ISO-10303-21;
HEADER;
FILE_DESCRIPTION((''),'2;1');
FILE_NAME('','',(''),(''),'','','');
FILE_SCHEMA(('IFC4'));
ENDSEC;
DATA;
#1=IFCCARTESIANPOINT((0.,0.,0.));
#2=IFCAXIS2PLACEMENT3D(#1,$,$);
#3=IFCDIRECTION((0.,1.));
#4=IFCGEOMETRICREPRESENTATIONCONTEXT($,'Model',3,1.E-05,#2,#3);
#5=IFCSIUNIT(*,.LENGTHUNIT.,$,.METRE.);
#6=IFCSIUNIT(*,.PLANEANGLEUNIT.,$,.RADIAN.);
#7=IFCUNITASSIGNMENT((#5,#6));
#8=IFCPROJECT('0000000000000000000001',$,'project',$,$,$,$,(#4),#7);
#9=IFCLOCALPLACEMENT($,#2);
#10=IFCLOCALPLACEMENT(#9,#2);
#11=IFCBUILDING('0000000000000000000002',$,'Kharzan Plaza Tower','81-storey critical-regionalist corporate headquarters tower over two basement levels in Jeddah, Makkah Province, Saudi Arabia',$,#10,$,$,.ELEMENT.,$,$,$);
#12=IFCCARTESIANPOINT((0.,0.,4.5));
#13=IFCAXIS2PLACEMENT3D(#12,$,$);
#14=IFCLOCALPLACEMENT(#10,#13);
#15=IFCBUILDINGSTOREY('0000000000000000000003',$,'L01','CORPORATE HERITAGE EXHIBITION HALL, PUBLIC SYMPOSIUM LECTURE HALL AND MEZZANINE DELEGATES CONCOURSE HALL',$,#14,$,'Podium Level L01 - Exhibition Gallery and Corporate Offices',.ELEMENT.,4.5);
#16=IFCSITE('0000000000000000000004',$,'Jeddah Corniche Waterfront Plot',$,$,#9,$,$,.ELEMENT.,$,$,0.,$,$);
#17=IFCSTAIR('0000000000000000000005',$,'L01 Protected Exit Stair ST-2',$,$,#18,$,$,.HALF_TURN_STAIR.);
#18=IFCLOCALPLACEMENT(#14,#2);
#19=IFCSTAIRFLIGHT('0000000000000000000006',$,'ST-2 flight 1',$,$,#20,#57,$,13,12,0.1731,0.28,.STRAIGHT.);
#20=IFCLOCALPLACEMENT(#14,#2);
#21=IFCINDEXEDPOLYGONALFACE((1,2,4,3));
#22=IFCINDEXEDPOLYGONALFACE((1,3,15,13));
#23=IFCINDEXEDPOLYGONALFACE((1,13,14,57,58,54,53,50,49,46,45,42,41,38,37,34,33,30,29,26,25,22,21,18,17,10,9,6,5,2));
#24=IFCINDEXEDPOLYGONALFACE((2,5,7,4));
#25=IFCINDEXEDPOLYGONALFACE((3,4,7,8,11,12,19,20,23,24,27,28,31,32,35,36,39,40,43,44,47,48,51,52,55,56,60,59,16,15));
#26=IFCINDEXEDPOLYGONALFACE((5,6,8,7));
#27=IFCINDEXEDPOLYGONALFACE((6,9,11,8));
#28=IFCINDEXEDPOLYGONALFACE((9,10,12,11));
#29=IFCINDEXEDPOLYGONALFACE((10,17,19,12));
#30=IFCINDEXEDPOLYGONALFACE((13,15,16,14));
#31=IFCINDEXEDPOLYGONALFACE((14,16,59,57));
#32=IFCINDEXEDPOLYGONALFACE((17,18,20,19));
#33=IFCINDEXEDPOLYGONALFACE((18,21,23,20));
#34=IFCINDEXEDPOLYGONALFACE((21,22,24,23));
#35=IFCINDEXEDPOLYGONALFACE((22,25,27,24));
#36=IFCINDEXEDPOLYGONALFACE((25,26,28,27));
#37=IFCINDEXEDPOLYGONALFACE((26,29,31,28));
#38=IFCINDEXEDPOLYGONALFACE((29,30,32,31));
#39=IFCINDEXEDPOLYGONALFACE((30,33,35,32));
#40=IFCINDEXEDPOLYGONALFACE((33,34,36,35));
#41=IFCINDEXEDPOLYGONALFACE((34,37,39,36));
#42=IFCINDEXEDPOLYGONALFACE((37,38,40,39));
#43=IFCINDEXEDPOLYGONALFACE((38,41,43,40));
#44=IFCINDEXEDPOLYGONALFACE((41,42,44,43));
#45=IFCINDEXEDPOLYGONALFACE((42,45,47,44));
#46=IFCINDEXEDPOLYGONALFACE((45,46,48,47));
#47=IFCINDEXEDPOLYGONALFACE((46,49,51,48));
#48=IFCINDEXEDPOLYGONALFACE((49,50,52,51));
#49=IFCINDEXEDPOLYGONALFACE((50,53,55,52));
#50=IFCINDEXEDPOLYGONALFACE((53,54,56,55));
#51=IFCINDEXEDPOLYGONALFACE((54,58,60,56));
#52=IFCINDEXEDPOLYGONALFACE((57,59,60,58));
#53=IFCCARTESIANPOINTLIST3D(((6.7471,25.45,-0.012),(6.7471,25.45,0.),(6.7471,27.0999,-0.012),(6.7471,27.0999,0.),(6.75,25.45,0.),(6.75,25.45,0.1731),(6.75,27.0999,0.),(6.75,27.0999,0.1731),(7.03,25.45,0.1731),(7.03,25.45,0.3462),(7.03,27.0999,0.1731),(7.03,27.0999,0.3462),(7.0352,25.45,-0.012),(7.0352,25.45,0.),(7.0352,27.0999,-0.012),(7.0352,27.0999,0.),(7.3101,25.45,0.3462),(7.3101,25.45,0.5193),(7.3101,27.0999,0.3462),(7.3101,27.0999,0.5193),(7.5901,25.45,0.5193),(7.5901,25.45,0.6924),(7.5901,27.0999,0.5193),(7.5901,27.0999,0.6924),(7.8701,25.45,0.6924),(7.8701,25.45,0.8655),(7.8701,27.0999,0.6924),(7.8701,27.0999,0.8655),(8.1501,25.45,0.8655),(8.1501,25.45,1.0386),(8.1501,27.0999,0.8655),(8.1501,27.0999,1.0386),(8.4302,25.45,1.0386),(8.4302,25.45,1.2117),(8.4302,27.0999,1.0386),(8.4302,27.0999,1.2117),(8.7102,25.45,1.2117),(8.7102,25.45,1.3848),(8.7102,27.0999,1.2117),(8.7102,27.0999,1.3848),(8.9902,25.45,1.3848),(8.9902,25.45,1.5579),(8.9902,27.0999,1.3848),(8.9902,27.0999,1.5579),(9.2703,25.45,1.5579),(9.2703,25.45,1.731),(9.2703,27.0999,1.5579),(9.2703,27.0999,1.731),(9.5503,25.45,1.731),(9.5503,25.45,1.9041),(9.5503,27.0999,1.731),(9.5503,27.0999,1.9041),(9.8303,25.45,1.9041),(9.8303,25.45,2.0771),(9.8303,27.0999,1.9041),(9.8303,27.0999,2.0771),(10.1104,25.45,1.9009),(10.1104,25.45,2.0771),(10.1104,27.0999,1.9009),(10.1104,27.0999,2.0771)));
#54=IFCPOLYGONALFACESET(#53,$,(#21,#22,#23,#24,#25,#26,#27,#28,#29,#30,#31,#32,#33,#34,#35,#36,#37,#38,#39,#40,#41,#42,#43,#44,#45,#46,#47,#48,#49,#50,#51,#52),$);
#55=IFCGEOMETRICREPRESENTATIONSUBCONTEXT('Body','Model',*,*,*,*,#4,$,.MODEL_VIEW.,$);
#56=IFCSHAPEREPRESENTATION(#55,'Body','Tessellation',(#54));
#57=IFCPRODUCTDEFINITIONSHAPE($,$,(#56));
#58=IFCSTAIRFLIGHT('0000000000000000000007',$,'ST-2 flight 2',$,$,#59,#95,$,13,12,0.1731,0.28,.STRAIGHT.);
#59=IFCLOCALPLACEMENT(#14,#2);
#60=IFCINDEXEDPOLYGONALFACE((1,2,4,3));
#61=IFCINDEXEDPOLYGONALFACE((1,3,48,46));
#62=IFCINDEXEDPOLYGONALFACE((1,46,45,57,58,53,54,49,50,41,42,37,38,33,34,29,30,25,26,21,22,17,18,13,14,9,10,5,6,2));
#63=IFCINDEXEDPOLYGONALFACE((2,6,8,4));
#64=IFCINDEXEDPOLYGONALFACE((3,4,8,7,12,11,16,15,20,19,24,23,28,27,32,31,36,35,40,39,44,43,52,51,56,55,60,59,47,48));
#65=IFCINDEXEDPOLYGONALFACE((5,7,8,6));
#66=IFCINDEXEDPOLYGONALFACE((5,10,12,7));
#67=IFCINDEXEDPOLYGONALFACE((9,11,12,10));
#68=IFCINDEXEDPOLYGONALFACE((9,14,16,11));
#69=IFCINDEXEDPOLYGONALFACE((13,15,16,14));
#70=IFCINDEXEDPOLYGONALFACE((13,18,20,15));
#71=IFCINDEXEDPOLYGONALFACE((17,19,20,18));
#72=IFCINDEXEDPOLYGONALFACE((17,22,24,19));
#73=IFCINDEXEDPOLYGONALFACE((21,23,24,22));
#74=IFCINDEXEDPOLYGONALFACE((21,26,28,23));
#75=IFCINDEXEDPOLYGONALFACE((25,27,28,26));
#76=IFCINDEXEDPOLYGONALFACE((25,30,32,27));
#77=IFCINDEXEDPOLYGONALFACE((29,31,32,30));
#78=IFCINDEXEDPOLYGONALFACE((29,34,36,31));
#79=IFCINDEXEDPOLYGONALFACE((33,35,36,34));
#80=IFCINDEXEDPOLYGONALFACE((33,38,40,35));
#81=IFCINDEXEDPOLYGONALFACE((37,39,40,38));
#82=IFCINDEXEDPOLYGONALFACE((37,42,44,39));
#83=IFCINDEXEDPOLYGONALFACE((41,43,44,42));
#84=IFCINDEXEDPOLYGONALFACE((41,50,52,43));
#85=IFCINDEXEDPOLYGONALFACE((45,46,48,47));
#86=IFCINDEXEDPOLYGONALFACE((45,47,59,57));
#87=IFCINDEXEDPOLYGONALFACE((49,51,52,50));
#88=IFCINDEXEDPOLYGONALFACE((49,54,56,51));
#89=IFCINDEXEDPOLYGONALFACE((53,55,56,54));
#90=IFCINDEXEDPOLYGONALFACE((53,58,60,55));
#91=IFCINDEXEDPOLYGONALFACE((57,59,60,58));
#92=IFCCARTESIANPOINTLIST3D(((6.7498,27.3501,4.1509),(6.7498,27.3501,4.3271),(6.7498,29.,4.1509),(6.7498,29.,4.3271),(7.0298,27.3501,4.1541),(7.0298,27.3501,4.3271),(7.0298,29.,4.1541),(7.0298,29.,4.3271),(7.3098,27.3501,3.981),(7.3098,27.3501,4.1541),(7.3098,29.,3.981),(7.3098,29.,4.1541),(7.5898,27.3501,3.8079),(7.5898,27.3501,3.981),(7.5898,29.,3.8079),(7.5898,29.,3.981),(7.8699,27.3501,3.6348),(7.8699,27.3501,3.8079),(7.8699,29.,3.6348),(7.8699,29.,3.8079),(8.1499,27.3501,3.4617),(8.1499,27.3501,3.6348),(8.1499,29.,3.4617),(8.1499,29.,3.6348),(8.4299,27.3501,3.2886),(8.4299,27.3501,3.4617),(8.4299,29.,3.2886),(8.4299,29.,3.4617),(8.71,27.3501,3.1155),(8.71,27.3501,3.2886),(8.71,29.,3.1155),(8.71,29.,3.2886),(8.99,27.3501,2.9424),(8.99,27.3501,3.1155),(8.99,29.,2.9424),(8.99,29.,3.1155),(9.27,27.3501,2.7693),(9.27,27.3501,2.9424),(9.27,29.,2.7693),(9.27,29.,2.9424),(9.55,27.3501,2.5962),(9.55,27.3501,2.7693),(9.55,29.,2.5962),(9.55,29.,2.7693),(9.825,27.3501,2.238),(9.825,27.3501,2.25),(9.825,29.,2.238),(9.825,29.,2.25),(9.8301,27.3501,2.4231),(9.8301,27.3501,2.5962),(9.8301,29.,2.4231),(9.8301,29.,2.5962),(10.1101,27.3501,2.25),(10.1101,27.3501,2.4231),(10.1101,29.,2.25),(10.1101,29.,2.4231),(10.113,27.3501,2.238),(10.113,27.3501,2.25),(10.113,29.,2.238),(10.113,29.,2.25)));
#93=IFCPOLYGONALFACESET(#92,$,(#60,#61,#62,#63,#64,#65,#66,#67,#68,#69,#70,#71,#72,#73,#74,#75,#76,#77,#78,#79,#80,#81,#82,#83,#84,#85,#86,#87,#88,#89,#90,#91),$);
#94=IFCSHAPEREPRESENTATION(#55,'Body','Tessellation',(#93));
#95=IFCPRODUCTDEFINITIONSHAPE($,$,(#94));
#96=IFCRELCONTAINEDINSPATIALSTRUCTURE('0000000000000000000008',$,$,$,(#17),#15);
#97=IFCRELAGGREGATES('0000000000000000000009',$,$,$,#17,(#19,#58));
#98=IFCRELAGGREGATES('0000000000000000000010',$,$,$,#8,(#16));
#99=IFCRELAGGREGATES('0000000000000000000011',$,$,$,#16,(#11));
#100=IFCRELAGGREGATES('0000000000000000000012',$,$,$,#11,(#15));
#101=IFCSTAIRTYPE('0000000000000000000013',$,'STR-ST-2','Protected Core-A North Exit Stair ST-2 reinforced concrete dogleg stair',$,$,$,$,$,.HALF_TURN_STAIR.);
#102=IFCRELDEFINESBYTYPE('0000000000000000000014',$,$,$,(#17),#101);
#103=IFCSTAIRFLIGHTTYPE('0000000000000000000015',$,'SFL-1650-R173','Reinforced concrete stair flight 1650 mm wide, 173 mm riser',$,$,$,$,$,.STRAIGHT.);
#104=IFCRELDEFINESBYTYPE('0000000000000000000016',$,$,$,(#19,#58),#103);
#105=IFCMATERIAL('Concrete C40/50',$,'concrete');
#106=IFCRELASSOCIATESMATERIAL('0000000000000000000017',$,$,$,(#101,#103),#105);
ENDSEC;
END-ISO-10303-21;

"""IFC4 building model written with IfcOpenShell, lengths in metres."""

from ifc_helpers import new_model, si_unit, direction, frame, origin, place, context, subcontext, project, spatial, polyline, outline, extrude, source, transform, mapped, material, type_object, element, aggregate, save


model = new_model("IFC4")

# Units and contexts
model_context = context("Model", 3, precision=1e-05, world=origin(), true_north=direction((0.0, 1.0)))
body_context = subcontext(model_context, "Body", "Model", "MODEL_VIEW")
ifc_project = project(units=[si_unit("LENGTHUNIT", "METRE"), si_unit("PLANEANGLEUNIT", "RADIAN")], contexts=[model_context])

# Site, building, storey
site_placement = place(None, origin())
site = spatial("IfcSite", under=ifc_project, at=site_placement, Name="Jeddah Corniche Waterfront Plot", CompositionType="ELEMENT", RefElevation=0.0)
building_placement = place(site_placement, origin())
building = spatial("IfcBuilding", under=site, at=building_placement, Name="Kharzan Plaza Tower", Description="81-storey critical-regionalist corporate headquarters tower over two basement levels in Jeddah, Makkah Province, Saudi Arabia", CompositionType="ELEMENT")
storey_placement = place(building_placement, frame((0.0, 0.0, 4.5)))
storey = spatial("IfcBuildingStorey", under=building, at=storey_placement, Name="L01", Description="CORPORATE HERITAGE EXHIBITION HALL, PUBLIC SYMPOSIUM LECTURE HALL AND MEZZANINE DELEGATES CONCOURSE HALL", LongName="Podium Level L01 - Exhibition Gallery and Corporate Offices", CompositionType="ELEMENT", Elevation=4.5)

# Shared definitions
ifc_material_1 = material(Name="Concrete C40/50", Category="concrete")

# Stair, stair flights
stair_type = type_object("IfcStairType", Name="STR-ST-2", Description="Protected Core-A North Exit Stair ST-2 reinforced concrete dogleg stair", PredefinedType="HALF_TURN_STAIR", material=ifc_material_1)
stair_placement = place(storey_placement, origin())
stair = element("IfcStair", 1, at=stair_placement, inside=storey, type_object=stair_type, Name="L01 Protected Exit Stair ST-2", PredefinedType="HALF_TURN_STAIR")
stair_flight_type = type_object("IfcStairFlightType", Name="SFL-1650-R173", Description="Reinforced concrete stair flight 1650 mm wide, 173 mm riser", PredefinedType="STRAIGHT", material=ifc_material_1)
shared_shape_1 = source(origin(), body_context, "Body", "SweptSolid", [
    extrude(outline(polyline([(-0.0029, -0.012), (-0.0029, 0.0), (0.0, 0.0), (0.0, 0.1731), (0.28, 0.1731), (0.28, 0.3462), (0.5601, 0.3462), (0.5601, 0.5193), (0.8401, 0.5193), (0.8401, 0.6924), (1.1201, 0.6924), (1.1201, 0.8655), (1.4001, 0.8655), (1.4001, 1.0386), (1.6802, 1.0386), (1.6802, 1.2117), (1.9602, 1.2117), (1.9602, 1.3848), (2.2402, 1.3848), (2.2402, 1.5579), (2.5203, 1.5579), (2.5203, 1.731), (2.8003, 1.731), (2.8003, 1.9041), (3.0803, 1.9041), (3.0803, 2.0771), (3.3604, 2.0771), (3.3604, 2.2502), (3.3604, 1.9009), (0.2852, 0.0), (0.2852, -0.012), (-0.0029, -0.012)])), frame((0.0, 0.825, 0.0), z_axis=(0.0, -1.0, 0.0), x_axis=(1.0, 0.0, 0.0)), (0.0, 0.0, 1.0), 1.6499),
])
stair_flight_1_placement = place(storey_placement, frame((6.75, 26.2749, 0.0), z_axis=(0.0, 0.0, 1.0), x_axis=(1.0, 0.0, 0.0)))
stair_flight_1 = element("IfcStairFlight", 2, at=stair_flight_1_placement, type_object=stair_flight_type, Name="ST-2 flight 1", NumberOfRisers=13, NumberOfTreads=12, PredefinedType="STRAIGHT", RiserHeight=0.1731, TreadLength=0.28, context=body_context, shape_type="MappedRepresentation", body=[
    mapped(shared_shape_1, transform((0.0, 0.0, 0.0), x_axis=(1.0, 0.0, 0.0), y_axis=(0.0, 1.0, 0.0), z_axis=(0.0, 0.0, 1.0))),
])
stair_flight_2_placement = place(storey_placement, frame((10.1101, 28.175, 2.25), z_axis=(0.0, 0.0, 1.0), x_axis=(-1.0, 0.0, 0.0)))
stair_flight_2 = element("IfcStairFlight", 3, at=stair_flight_2_placement, type_object=stair_flight_type, Name="ST-2 flight 2", NumberOfRisers=13, NumberOfTreads=12, PredefinedType="STRAIGHT", RiserHeight=0.1731, TreadLength=0.28, context=body_context, shape_type="MappedRepresentation", body=[
    mapped(shared_shape_1, transform((0.0, 0.0, 0.0), x_axis=(1.0, 0.0, 0.0), y_axis=(0.0, 1.0, 0.0), z_axis=(0.0, 0.0, 1.0))),
])
aggregate(stair, [stair_flight_1, stair_flight_2])

save(model, "model.ifc")
